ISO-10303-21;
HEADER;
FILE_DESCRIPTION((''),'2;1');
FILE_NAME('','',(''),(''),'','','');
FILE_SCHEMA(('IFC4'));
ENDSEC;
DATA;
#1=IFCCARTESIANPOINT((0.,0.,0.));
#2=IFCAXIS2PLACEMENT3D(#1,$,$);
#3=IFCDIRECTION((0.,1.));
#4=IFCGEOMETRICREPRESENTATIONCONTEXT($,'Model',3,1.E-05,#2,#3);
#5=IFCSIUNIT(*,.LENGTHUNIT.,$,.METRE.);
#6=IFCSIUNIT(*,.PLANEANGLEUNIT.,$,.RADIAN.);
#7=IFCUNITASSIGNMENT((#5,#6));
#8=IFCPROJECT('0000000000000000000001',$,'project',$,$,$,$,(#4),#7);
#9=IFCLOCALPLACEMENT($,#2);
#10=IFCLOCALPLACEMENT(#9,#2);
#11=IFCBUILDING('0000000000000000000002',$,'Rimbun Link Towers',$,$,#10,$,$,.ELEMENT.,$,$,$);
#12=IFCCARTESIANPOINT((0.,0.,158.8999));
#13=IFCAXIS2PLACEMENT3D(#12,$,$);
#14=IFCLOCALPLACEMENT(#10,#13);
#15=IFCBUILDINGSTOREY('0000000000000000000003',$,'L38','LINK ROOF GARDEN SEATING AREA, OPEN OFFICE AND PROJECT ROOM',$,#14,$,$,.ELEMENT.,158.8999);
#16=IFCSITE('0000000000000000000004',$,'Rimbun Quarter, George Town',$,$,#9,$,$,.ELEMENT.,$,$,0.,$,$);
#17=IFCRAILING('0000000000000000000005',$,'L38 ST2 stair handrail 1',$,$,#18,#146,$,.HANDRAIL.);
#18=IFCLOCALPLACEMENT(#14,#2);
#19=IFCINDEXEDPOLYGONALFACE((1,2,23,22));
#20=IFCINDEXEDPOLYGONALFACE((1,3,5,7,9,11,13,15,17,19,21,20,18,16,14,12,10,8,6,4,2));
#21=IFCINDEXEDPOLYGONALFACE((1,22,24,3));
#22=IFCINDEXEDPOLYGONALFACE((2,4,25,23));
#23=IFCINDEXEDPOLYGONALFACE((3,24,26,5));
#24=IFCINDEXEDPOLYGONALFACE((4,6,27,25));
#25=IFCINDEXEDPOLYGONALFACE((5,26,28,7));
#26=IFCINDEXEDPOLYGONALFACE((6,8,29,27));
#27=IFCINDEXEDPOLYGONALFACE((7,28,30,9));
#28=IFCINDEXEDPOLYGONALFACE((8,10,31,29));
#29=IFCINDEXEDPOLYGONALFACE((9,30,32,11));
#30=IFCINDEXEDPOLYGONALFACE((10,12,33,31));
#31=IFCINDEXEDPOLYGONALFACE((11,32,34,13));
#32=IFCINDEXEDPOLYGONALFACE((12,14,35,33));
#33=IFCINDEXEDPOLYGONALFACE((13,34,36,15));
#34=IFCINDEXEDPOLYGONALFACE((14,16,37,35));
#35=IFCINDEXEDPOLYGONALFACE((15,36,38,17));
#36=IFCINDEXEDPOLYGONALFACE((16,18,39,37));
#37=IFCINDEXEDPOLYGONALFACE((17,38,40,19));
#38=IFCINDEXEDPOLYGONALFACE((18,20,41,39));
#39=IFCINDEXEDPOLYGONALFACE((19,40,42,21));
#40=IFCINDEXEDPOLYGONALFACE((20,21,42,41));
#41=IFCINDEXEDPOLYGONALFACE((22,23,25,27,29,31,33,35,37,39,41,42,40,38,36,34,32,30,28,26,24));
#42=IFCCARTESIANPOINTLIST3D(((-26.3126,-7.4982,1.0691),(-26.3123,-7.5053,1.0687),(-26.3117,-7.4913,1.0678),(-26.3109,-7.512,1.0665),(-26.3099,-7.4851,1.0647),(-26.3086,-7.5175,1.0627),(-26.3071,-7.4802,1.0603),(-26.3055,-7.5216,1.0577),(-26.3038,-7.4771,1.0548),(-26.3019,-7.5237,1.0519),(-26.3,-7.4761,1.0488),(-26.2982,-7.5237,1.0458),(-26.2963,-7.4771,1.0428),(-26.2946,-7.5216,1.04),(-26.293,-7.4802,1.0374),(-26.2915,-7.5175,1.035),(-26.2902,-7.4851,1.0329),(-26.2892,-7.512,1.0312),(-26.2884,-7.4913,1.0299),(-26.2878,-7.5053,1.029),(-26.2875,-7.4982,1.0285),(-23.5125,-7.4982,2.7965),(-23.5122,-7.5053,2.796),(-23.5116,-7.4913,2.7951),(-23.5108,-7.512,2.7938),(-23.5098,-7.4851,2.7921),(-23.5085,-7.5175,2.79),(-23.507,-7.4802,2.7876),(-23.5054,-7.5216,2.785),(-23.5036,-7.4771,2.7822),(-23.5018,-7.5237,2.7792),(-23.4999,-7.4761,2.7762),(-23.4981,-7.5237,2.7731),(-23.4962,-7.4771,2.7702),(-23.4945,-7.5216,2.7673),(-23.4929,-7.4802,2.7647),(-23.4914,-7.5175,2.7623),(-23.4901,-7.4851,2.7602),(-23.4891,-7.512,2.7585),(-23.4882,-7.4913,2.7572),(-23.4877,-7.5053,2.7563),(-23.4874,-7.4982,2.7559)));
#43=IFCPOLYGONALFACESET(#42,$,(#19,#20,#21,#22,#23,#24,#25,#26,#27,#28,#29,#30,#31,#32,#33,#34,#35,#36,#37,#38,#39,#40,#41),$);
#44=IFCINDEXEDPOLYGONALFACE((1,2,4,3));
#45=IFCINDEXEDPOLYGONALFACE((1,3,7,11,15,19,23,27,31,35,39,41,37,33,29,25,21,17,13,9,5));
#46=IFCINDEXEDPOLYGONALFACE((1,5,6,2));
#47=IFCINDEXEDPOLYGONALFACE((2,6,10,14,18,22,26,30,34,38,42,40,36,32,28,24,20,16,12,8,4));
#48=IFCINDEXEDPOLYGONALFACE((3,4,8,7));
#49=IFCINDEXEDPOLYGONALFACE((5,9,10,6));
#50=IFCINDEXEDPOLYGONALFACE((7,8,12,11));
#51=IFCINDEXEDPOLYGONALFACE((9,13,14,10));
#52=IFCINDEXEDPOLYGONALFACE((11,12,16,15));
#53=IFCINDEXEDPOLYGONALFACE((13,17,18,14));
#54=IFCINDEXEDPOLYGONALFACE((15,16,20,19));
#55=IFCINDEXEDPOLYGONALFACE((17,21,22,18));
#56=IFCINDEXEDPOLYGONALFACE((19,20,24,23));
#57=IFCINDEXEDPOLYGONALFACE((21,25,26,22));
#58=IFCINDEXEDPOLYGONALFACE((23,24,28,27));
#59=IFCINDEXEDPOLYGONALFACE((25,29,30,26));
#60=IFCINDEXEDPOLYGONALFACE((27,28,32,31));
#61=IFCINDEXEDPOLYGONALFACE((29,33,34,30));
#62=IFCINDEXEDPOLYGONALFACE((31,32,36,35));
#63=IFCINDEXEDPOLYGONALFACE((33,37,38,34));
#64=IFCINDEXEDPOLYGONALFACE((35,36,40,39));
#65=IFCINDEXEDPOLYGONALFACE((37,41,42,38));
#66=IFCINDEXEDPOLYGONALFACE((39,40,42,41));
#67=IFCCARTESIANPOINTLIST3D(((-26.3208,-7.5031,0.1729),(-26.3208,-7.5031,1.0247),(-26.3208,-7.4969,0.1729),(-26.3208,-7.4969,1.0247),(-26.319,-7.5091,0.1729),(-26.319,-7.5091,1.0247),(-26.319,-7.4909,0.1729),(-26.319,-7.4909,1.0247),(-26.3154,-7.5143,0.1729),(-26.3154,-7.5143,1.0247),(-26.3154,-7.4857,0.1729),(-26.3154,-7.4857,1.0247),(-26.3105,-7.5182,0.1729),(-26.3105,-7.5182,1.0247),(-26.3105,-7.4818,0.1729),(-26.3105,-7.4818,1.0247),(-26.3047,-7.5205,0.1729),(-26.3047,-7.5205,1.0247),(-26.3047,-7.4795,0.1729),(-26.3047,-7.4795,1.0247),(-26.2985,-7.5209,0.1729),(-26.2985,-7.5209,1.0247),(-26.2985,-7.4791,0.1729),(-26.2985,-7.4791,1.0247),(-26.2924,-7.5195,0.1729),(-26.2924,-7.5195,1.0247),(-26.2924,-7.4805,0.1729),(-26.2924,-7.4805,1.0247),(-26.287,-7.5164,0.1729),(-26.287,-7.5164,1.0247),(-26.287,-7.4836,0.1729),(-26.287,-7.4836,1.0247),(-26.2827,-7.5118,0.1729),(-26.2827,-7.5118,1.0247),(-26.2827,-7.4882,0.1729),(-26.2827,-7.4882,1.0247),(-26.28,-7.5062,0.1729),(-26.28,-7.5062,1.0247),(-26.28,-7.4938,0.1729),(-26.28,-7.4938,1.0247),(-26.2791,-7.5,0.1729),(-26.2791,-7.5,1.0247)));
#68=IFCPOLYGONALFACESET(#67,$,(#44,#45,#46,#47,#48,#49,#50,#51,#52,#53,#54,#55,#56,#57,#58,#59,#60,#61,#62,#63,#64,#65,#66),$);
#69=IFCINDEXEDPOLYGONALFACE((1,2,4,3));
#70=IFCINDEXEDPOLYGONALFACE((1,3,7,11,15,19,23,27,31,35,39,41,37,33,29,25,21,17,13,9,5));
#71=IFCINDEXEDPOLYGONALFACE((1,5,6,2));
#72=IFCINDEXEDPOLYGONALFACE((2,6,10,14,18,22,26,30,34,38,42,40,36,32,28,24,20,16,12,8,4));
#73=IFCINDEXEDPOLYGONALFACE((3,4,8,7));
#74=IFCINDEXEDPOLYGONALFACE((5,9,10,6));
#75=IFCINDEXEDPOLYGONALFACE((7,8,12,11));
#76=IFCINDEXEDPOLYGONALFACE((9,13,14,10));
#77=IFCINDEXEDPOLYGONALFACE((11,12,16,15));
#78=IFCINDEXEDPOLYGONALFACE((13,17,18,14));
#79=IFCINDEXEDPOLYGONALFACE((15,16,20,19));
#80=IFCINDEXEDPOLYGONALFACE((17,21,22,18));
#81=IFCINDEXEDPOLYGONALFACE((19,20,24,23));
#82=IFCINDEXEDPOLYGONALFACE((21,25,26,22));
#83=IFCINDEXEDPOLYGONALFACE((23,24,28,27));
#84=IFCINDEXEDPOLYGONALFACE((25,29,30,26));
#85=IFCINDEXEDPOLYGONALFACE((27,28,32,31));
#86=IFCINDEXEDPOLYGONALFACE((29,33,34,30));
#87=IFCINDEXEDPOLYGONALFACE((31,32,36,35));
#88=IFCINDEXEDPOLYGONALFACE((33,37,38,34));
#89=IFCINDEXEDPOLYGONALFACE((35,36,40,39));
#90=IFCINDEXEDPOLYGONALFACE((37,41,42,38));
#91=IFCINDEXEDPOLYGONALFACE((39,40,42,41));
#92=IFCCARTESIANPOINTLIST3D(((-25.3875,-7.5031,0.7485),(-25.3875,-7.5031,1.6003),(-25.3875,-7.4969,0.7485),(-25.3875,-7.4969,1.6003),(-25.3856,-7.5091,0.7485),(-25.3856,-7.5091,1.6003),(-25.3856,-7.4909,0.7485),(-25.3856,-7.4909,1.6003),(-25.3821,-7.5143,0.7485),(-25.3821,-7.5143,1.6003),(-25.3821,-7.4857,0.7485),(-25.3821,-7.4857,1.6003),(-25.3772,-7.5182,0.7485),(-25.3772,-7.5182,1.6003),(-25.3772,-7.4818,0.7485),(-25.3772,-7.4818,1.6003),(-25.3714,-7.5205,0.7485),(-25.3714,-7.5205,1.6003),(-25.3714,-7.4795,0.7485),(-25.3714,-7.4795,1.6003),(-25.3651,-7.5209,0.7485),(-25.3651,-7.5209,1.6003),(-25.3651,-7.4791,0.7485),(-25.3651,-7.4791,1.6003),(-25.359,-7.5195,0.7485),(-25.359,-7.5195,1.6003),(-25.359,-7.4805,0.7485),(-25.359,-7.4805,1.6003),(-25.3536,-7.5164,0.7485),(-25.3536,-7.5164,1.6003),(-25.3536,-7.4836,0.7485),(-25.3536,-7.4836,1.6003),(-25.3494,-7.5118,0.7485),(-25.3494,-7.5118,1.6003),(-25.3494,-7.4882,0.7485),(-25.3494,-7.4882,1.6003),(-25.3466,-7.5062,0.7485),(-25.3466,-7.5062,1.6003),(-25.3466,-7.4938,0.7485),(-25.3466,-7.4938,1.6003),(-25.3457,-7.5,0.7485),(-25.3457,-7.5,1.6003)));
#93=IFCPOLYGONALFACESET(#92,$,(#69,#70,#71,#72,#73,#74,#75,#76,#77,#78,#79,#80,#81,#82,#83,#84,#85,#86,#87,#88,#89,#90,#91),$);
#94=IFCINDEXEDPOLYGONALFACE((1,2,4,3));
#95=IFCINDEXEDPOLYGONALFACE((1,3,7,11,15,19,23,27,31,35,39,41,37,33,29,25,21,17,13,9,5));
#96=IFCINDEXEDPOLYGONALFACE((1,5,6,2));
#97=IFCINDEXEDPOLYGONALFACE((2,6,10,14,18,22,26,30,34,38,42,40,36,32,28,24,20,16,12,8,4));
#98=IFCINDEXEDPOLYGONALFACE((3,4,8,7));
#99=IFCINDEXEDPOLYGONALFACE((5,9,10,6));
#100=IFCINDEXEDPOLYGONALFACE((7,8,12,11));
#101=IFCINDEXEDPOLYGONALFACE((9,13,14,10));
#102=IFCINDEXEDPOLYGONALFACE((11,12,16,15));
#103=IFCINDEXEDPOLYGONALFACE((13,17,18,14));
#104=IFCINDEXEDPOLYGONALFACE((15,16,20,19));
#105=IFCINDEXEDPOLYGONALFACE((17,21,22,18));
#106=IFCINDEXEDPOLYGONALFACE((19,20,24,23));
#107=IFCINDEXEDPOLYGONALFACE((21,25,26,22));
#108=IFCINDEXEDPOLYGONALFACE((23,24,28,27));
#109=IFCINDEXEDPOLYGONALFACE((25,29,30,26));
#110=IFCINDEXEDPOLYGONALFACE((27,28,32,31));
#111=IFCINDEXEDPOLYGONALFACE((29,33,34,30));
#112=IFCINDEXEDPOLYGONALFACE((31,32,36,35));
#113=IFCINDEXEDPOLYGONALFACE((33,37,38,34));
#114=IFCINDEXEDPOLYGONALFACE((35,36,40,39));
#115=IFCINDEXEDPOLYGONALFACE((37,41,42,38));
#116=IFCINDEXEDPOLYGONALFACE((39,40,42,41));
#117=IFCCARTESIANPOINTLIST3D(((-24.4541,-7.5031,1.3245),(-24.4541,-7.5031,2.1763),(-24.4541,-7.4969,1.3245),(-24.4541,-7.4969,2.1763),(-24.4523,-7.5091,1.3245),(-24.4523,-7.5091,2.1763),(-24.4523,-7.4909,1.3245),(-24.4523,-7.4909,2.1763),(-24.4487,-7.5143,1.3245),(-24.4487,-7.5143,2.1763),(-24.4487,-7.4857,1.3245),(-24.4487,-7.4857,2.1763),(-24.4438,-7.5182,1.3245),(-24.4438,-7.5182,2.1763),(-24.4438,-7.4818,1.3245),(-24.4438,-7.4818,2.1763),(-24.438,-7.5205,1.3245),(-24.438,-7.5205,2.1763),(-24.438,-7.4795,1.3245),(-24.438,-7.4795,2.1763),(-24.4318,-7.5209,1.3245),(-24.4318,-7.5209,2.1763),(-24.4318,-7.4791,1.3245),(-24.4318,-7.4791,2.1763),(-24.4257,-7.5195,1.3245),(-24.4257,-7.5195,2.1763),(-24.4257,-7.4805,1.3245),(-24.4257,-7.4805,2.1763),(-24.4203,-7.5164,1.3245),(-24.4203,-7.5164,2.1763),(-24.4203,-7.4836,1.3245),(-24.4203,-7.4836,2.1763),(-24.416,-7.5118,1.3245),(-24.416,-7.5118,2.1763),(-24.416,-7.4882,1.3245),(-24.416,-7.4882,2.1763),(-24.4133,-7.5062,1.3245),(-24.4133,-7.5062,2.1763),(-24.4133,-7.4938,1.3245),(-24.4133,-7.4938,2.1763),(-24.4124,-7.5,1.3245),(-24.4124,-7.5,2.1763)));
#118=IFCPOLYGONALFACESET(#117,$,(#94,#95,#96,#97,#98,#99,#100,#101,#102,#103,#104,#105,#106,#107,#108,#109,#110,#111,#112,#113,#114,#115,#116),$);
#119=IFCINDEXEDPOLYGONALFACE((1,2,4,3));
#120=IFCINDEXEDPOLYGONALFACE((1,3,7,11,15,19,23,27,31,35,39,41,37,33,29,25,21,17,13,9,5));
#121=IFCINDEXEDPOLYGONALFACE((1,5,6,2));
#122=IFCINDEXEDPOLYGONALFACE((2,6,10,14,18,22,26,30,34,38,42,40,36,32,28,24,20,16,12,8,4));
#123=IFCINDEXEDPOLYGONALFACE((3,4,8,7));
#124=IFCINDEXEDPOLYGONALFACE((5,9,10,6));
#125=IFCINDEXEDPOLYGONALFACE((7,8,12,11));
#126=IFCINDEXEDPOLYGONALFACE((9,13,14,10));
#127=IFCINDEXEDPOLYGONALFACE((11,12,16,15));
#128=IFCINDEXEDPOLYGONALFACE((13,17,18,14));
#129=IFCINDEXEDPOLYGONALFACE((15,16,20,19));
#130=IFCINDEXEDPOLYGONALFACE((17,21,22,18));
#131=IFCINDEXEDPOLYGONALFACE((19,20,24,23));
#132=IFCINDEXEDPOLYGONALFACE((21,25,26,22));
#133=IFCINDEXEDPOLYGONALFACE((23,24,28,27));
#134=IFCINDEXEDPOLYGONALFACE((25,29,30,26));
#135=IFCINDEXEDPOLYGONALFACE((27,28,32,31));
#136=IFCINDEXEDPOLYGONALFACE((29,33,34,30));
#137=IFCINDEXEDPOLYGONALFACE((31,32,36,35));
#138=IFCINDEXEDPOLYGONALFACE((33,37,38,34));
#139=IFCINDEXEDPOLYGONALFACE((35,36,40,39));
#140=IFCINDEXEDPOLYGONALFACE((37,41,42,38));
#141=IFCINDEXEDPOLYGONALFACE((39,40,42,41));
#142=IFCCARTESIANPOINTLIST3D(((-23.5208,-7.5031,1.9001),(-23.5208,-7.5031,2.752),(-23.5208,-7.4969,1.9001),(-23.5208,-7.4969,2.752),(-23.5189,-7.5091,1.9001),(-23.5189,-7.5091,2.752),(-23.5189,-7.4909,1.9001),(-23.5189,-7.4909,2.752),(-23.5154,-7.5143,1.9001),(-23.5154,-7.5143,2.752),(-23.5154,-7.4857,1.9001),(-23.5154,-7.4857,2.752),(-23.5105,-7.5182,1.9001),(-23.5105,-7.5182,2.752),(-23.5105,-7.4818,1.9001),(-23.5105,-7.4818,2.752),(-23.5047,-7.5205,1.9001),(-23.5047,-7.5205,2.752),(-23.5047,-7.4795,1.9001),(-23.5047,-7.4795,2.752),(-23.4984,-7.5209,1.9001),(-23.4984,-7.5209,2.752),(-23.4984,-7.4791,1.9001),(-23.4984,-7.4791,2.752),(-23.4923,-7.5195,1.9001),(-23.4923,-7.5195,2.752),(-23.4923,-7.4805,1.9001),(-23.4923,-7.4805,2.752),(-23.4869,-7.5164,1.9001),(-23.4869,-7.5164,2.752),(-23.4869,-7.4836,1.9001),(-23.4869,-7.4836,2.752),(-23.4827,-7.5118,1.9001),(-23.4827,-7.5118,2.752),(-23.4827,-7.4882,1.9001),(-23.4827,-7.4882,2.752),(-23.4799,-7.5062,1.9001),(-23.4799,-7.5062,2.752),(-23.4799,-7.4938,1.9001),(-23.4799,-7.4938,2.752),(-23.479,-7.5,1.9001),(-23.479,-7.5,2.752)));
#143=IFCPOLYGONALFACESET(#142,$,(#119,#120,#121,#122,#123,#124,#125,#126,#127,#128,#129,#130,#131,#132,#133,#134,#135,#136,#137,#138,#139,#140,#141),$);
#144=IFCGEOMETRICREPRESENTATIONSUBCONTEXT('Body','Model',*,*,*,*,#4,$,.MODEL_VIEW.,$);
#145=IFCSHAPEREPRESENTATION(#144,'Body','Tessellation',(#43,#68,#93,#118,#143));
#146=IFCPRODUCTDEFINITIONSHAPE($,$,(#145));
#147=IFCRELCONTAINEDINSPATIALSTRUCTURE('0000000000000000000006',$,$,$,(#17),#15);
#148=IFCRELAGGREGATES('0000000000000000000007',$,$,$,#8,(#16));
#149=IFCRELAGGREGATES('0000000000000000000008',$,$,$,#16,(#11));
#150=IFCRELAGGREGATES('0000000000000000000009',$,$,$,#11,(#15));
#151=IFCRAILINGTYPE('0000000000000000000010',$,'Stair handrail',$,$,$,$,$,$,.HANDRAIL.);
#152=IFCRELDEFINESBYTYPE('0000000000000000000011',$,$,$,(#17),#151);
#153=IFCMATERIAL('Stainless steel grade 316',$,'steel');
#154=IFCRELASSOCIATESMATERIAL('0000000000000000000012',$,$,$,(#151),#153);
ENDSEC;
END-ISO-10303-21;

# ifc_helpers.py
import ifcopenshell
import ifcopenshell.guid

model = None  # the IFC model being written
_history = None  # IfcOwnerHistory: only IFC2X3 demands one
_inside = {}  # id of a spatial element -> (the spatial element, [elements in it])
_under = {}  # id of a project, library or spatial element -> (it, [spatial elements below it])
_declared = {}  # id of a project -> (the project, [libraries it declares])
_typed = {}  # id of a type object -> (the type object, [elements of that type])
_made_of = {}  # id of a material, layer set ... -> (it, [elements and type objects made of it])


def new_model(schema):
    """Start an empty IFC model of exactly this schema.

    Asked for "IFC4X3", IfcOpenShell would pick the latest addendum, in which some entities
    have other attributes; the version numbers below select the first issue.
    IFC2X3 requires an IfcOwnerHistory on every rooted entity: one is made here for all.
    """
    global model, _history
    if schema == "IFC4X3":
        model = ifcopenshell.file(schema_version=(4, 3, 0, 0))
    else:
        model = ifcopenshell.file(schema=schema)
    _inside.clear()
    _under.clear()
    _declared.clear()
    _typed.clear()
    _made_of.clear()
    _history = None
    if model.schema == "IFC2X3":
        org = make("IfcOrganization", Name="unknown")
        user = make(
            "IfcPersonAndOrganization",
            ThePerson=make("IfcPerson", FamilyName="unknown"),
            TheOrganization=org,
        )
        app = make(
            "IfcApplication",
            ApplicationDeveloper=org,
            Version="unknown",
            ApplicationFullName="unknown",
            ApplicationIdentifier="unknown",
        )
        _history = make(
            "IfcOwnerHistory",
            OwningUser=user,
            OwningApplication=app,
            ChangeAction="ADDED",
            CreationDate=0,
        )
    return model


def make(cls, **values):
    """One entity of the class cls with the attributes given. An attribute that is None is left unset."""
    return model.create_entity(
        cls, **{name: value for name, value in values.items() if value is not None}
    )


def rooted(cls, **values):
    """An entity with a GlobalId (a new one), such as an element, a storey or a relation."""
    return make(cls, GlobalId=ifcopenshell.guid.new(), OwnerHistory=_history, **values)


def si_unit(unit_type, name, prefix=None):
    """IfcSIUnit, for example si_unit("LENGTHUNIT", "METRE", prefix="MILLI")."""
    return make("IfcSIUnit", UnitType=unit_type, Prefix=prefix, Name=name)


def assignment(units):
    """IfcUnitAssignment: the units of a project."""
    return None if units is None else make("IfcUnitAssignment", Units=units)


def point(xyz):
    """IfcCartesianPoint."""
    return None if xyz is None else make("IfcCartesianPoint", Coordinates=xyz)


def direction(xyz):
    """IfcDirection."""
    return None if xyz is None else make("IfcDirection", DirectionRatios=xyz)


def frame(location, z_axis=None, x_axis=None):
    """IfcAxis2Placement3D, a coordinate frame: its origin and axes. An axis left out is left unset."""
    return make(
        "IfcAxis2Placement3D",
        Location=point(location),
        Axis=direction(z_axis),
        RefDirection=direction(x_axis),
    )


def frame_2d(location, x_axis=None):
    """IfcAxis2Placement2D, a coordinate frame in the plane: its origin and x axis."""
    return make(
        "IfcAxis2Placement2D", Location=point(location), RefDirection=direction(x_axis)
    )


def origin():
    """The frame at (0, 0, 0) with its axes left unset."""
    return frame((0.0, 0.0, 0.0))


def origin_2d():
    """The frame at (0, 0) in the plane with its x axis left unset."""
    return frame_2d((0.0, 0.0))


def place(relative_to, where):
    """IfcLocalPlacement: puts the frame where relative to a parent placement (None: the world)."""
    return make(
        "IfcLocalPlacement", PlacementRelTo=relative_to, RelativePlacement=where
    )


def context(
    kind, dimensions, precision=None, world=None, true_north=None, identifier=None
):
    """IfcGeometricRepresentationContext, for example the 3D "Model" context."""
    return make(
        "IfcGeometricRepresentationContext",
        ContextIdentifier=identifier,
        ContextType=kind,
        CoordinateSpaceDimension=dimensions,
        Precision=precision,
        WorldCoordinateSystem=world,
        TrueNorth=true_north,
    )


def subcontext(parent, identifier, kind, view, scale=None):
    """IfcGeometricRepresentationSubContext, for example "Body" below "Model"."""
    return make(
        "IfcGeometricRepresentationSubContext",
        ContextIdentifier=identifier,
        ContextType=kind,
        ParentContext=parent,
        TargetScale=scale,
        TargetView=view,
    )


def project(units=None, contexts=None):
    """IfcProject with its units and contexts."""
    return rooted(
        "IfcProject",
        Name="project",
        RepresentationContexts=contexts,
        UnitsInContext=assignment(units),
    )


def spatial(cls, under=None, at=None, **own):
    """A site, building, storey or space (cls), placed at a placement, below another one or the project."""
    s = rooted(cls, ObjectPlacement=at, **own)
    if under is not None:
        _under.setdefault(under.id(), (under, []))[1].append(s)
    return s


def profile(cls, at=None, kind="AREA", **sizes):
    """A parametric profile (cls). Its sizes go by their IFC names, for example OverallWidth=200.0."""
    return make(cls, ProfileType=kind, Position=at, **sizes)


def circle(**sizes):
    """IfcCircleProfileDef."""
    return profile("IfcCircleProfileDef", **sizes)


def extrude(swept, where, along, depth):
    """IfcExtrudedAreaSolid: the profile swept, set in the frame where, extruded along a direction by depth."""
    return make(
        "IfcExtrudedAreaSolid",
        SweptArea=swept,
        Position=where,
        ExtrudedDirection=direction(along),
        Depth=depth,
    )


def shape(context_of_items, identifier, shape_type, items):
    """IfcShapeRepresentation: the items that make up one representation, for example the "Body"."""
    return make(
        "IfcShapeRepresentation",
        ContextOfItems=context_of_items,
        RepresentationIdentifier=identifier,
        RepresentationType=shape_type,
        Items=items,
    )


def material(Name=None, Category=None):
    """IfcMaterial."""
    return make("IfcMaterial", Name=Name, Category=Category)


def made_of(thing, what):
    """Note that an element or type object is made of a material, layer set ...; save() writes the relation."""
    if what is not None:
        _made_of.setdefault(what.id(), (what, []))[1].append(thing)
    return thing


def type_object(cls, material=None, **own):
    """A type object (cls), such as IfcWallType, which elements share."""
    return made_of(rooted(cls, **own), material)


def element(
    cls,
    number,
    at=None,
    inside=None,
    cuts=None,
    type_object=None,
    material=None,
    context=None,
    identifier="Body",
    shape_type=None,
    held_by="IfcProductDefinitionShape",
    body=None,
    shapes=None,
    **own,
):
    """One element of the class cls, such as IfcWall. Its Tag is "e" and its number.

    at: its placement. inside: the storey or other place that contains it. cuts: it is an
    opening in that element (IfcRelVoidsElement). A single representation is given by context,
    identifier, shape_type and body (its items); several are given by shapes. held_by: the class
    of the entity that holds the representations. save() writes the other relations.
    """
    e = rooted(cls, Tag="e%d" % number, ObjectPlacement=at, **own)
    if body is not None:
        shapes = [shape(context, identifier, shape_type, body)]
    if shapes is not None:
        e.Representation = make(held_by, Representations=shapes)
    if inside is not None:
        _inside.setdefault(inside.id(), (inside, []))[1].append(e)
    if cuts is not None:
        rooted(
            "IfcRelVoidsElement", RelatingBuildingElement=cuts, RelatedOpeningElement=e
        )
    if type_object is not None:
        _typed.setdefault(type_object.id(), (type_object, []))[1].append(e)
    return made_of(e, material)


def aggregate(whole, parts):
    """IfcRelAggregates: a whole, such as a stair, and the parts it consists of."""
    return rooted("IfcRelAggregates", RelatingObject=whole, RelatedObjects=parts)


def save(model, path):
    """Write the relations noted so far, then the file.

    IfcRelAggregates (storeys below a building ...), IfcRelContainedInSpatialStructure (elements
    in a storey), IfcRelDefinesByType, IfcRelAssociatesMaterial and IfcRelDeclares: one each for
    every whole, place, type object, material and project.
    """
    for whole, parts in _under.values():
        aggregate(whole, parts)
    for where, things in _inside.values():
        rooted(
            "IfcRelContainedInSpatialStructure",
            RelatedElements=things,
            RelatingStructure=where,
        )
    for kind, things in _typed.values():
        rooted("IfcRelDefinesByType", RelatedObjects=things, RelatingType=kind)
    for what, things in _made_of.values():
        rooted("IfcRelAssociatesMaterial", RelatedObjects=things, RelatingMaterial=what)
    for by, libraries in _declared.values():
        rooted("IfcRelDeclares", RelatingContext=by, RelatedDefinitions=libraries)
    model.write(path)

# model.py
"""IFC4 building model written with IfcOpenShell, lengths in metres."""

from ifc_helpers import new_model, si_unit, direction, frame, origin, origin_2d, place, context, subcontext, project, spatial, circle, extrude, material, type_object, element, save


model = new_model("IFC4")

# Units and contexts
model_context = context("Model", 3, precision=1e-05, world=origin(), true_north=direction((0.0, 1.0)))
body_context = subcontext(model_context, "Body", "Model", "MODEL_VIEW")
ifc_project = project(units=[si_unit("LENGTHUNIT", "METRE"), si_unit("PLANEANGLEUNIT", "RADIAN")], contexts=[model_context])

# Site, building, storey
site_placement = place(None, origin())
site = spatial("IfcSite", under=ifc_project, at=site_placement, Name="Rimbun Quarter, George Town", CompositionType="ELEMENT", RefElevation=0.0)
building_placement = place(site_placement, origin())
building = spatial("IfcBuilding", under=site, at=building_placement, Name="Rimbun Link Towers", CompositionType="ELEMENT")
storey_placement = place(building_placement, frame((0.0, 0.0, 158.8999)))
storey = spatial("IfcBuildingStorey", under=building, at=storey_placement, Name="L38", Description="LINK ROOF GARDEN SEATING AREA, OPEN OFFICE AND PROJECT ROOM", CompositionType="ELEMENT", Elevation=158.8999)

# Railing
ifc_material_1 = material(Name="Stainless steel grade 316", Category="steel")
railing_type_1 = type_object("IfcRailingType", Name="Stair handrail", PredefinedType="HANDRAIL", material=ifc_material_1)
railing_1_placement = place(storey_placement, frame((-26.3, -7.5, 0.1729)))
element("IfcRailing", 1, at=railing_1_placement, inside=storey, type_object=railing_type_1, Name="L38 ST2 stair handrail 1", PredefinedType="HANDRAIL", context=body_context, shape_type="SweptSolid", body=[
    extrude(circle(Radius=0.0239, at=origin_2d()), frame((0.0, 0.0, 0.876), z_axis=(0.85109, 0.0, 0.52502), x_axis=(0.0, 1.0, 0.0)), (0.0, 0.0, 1.0), 3.29),
    extrude(circle(Radius=0.021, at=origin_2d()), origin(), (0.0, 0.0, 1.0), 0.8518),
    extrude(circle(Radius=0.021, at=origin_2d()), frame((0.9333, 0.0, 0.5757)), (0.0, 0.0, 1.0), 0.8518),
    extrude(circle(Radius=0.021, at=origin_2d()), frame((1.8667, 0.0, 1.1516)), (0.0, 0.0, 1.0), 0.8518),
    extrude(circle(Radius=0.021, at=origin_2d()), frame((2.8, 0.0, 1.7273)), (0.0, 0.0, 1.0), 0.8518),
])

save(model, "model.ifc")
